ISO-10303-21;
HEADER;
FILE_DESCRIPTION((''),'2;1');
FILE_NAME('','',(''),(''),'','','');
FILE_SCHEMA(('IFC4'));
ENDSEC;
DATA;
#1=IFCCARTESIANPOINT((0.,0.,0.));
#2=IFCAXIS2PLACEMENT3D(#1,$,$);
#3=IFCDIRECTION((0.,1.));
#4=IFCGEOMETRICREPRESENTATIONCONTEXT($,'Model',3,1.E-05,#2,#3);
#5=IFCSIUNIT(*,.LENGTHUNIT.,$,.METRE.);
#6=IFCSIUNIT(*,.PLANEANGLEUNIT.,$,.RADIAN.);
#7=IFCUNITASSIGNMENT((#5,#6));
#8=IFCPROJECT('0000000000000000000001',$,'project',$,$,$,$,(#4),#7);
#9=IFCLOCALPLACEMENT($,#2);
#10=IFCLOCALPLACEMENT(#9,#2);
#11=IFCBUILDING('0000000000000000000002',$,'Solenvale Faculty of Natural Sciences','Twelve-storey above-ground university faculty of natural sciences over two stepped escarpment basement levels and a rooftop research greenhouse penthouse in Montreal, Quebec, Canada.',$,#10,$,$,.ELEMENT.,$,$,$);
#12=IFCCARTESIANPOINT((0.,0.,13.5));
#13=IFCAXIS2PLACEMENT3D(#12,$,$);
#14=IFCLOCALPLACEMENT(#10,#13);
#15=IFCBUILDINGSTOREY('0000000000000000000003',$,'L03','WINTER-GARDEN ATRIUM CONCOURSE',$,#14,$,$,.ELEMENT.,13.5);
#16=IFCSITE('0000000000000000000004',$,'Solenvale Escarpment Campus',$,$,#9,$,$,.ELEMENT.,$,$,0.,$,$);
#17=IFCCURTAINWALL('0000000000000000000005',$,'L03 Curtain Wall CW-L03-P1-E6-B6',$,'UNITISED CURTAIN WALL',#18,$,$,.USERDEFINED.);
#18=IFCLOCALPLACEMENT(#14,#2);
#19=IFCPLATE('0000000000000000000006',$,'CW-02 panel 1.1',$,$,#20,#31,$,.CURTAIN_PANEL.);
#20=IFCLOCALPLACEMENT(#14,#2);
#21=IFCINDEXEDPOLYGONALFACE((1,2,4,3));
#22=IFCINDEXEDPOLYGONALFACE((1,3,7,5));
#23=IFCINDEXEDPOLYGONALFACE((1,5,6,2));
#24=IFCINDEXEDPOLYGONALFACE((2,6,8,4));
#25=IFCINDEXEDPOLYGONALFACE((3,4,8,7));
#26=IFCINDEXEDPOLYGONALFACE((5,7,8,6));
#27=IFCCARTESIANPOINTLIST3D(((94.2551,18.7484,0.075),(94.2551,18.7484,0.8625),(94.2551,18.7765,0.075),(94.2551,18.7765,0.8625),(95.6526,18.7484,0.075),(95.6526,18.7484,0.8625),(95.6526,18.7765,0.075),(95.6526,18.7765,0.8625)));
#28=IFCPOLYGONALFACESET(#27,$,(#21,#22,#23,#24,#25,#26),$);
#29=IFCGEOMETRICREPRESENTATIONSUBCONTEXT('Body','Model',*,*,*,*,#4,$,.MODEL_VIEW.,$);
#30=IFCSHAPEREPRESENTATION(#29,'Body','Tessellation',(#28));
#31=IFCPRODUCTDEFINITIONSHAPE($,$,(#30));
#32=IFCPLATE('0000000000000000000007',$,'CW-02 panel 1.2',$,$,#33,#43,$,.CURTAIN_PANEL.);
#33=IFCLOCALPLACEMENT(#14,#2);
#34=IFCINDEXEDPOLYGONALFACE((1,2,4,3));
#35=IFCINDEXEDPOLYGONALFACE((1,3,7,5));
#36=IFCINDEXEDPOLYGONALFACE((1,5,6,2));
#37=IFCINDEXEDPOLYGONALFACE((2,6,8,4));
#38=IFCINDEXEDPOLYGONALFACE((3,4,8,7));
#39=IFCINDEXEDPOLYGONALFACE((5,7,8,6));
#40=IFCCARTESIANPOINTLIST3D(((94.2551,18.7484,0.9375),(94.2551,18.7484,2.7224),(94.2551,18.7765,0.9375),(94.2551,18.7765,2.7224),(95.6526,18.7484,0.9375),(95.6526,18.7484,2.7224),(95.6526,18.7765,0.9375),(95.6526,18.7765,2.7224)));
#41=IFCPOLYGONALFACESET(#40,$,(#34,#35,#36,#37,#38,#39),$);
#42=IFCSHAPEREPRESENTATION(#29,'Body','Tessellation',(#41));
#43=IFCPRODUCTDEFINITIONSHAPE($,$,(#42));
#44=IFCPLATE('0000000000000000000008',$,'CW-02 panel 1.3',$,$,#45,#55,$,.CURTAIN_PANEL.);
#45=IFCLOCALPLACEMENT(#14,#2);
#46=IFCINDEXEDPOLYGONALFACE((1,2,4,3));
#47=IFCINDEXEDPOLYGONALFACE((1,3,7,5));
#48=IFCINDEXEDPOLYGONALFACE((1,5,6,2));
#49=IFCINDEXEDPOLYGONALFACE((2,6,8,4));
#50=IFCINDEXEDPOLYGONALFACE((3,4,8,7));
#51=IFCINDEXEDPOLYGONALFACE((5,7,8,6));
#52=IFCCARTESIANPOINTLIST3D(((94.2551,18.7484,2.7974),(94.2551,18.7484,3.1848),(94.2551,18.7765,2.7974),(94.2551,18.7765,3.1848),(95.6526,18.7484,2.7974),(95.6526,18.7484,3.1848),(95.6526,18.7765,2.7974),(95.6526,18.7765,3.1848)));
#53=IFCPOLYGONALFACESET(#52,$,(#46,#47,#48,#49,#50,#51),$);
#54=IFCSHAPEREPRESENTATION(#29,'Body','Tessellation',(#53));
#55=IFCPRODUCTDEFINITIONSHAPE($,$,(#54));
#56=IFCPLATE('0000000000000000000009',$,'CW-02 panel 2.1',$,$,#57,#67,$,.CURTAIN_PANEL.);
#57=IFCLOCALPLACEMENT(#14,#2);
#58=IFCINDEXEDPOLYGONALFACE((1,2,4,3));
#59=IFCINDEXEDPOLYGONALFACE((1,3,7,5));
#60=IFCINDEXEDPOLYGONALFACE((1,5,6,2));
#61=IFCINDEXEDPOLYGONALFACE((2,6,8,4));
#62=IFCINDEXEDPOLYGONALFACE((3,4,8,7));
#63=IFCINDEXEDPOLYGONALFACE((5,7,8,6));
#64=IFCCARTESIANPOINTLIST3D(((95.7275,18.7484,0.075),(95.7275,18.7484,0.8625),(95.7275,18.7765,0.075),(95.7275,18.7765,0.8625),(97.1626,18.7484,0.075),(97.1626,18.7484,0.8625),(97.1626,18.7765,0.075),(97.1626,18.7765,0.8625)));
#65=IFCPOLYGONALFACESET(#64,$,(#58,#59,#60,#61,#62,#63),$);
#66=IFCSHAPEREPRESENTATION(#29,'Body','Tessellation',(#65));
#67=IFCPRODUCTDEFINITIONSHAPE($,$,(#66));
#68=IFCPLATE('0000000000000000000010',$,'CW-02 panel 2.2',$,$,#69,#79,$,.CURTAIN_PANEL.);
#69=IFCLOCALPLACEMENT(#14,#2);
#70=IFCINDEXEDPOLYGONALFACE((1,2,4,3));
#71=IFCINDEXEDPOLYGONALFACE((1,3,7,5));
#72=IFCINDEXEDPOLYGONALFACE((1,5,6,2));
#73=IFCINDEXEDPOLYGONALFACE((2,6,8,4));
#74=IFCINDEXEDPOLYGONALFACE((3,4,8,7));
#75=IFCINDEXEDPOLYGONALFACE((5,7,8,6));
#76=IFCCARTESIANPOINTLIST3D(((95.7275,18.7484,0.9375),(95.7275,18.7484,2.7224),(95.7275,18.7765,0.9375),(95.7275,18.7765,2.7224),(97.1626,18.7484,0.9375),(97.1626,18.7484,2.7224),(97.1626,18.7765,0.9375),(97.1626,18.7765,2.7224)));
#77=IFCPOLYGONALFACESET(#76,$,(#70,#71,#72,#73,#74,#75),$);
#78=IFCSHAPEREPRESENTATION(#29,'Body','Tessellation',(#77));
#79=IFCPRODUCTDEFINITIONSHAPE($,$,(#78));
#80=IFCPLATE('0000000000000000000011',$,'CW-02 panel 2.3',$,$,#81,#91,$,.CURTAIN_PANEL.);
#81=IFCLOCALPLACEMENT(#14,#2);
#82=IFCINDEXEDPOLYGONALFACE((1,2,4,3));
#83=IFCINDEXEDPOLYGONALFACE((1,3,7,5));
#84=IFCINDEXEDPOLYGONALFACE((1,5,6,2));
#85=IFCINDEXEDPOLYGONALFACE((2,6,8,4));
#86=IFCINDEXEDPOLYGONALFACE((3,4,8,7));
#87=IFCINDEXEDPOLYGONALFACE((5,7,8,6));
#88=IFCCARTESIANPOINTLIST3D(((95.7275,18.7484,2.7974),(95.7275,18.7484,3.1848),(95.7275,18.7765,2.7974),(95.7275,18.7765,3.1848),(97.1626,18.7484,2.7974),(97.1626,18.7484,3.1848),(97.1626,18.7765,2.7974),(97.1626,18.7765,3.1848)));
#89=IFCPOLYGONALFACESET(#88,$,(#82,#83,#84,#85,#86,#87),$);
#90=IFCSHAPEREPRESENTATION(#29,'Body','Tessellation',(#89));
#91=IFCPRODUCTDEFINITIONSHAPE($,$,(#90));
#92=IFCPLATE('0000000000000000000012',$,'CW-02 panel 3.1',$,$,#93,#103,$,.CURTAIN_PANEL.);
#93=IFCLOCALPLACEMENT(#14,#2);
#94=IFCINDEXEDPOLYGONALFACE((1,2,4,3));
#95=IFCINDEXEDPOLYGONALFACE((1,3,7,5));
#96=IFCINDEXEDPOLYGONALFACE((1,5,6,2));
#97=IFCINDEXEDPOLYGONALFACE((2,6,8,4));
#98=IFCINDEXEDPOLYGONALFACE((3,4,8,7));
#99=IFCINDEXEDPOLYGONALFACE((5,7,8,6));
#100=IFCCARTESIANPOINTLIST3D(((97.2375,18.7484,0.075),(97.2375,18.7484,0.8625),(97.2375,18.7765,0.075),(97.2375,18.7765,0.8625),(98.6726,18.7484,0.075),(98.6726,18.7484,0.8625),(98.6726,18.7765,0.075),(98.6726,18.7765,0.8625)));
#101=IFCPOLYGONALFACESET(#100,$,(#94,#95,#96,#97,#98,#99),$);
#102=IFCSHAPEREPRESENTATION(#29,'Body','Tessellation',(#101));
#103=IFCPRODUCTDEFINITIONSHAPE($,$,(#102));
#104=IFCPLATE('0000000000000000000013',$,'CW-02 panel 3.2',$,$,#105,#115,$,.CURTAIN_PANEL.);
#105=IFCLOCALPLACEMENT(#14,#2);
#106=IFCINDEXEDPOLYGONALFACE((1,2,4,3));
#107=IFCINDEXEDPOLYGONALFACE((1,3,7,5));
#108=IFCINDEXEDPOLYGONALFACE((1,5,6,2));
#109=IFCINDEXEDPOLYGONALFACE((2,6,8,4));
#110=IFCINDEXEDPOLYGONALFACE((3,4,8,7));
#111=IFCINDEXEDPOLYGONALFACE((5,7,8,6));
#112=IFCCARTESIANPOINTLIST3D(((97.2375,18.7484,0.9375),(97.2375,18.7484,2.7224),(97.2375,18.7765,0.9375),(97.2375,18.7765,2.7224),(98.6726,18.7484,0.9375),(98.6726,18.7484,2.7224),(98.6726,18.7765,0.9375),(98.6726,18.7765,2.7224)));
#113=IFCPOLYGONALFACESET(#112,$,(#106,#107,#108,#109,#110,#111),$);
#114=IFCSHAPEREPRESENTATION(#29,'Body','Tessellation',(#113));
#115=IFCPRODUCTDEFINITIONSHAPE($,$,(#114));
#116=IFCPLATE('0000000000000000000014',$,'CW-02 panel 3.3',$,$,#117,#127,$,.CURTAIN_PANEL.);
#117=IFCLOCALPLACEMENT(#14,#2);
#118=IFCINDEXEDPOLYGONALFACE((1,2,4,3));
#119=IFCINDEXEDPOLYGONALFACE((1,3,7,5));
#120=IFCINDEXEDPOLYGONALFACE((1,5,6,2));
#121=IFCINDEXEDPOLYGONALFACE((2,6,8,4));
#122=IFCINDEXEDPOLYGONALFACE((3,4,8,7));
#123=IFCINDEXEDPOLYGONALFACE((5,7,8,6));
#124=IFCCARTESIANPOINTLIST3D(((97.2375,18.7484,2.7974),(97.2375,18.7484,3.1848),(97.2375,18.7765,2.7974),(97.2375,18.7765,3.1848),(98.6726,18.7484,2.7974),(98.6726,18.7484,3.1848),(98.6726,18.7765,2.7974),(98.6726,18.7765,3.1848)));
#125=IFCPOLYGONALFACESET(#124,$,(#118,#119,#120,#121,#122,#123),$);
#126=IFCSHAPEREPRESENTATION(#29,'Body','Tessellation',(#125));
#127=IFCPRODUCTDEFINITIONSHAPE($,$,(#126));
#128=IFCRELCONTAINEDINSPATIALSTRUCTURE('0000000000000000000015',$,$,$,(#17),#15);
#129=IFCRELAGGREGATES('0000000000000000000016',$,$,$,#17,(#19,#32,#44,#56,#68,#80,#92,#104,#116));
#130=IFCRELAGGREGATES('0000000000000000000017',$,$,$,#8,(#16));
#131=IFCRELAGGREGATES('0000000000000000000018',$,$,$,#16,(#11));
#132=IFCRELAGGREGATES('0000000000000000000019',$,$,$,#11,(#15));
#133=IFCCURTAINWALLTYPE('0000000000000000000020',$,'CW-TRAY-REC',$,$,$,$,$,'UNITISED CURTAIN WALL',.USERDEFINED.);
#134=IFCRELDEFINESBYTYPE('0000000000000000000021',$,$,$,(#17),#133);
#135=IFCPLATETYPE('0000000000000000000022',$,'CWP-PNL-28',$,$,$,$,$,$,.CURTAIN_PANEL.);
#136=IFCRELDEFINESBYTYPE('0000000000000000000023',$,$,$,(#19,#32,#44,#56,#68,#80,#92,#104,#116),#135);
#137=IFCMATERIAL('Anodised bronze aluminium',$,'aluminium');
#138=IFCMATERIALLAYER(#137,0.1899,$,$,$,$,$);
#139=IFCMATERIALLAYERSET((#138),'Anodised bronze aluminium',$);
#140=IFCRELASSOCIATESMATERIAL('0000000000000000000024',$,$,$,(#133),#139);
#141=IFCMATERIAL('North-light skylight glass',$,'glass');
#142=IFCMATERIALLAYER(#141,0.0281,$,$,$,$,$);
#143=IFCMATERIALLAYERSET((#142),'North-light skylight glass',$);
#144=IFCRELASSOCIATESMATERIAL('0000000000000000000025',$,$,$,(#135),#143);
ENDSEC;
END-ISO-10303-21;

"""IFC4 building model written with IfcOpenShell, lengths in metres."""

from ifc_helpers import new_model, si_unit, direction, frame, origin, origin_2d, place, context, subcontext, project, spatial, rectangle, extrude, material, layer, layer_set, type_object, element, aggregate, save


model = new_model("IFC4")

# Units and contexts
model_context = context("Model", 3, precision=1e-05, world=origin(), true_north=direction((0.0, 1.0)))
body_context = subcontext(model_context, "Body", "Model", "MODEL_VIEW")
ifc_project = project(units=[si_unit("LENGTHUNIT", "METRE"), si_unit("PLANEANGLEUNIT", "RADIAN")], contexts=[model_context])

# Site, building, storey
site_placement = place(None, origin())
site = spatial("IfcSite", under=ifc_project, at=site_placement, Name="Solenvale Escarpment Campus", CompositionType="ELEMENT", RefElevation=0.0)
building_placement = place(site_placement, origin())
building = spatial("IfcBuilding", under=site, at=building_placement, Name="Solenvale Faculty of Natural Sciences", Description="Twelve-storey above-ground university faculty of natural sciences over two stepped escarpment basement levels and a rooftop research greenhouse penthouse in Montreal, Quebec, Canada.", CompositionType="ELEMENT")
storey_placement = place(building_placement, frame((0.0, 0.0, 13.5)))
storey = spatial("IfcBuildingStorey", under=building, at=storey_placement, Name="L03", Description="WINTER-GARDEN ATRIUM CONCOURSE", CompositionType="ELEMENT", Elevation=13.5)

# Curtain wall, plates
ifc_material_1 = material(Name="Anodised bronze aluminium", Category="aluminium")
ifc_layer_1 = layer(ifc_material_1, 0.1899)
ifc_layer_set_1 = layer_set([ifc_layer_1], Name="Anodised bronze aluminium")
curtain_wall_type = type_object("IfcCurtainWallType", Name="CW-TRAY-REC", ElementType="UNITISED CURTAIN WALL", PredefinedType="USERDEFINED", material=ifc_layer_set_1)
curtain_wall_placement = place(storey_placement, origin())
curtain_wall = element("IfcCurtainWall", 1, at=curtain_wall_placement, inside=storey, type_object=curtain_wall_type, Name="L03 Curtain Wall CW-L03-P1-E6-B6", ObjectType="UNITISED CURTAIN WALL", PredefinedType="USERDEFINED")
ifc_material_2 = material(Name="North-light skylight glass", Category="glass")
ifc_layer_2 = layer(ifc_material_2, 0.0281)
ifc_layer_set_2 = layer_set([ifc_layer_2], Name="North-light skylight glass")
plate_type = type_object("IfcPlateType", Name="CWP-PNL-28", PredefinedType="CURTAIN_PANEL", material=ifc_layer_set_2)
plate_1_placement = place(storey_placement, frame((94.9539, 18.7625, 0.075), z_axis=(0.0, 0.0, 1.0), x_axis=(1.0, 0.0, 0.0)))
plate_1 = element("IfcPlate", 2, at=plate_1_placement, type_object=plate_type, Name="CW-02 panel 1.1", PredefinedType="CURTAIN_PANEL", context=body_context, shape_type="SweptSolid", body=[
    extrude(rectangle(XDim=1.3975, YDim=0.0281, at=origin_2d()), origin(), (0.0, 0.0, 1.0), 0.7876),
])
plate_2_placement = place(storey_placement, frame((94.9539, 18.7625, 0.9375), z_axis=(0.0, 0.0, 1.0), x_axis=(1.0, 0.0, 0.0)))
plate_2 = element("IfcPlate", 3, at=plate_2_placement, type_object=plate_type, Name="CW-02 panel 1.2", PredefinedType="CURTAIN_PANEL", context=body_context, shape_type="SweptSolid", body=[
    extrude(rectangle(XDim=1.3975, YDim=0.0281, at=origin_2d()), origin(), (0.0, 0.0, 1.0), 1.7849),
])
plate_3_placement = place(storey_placement, frame((94.9539, 18.7625, 2.7974), z_axis=(0.0, 0.0, 1.0), x_axis=(1.0, 0.0, 0.0)))
plate_3 = element("IfcPlate", 4, at=plate_3_placement, type_object=plate_type, Name="CW-02 panel 1.3", PredefinedType="CURTAIN_PANEL", context=body_context, shape_type="SweptSolid", body=[
    extrude(rectangle(XDim=1.3975, YDim=0.0281, at=origin_2d()), origin(), (0.0, 0.0, 1.0), 0.3875),
])
plate_4_placement = place(storey_placement, frame((96.4451, 18.7625, 0.075), z_axis=(0.0, 0.0, 1.0), x_axis=(1.0, 0.0, 0.0)))
plate_4 = element("IfcPlate", 5, at=plate_4_placement, type_object=plate_type, Name="CW-02 panel 2.1", PredefinedType="CURTAIN_PANEL", context=body_context, shape_type="SweptSolid", body=[
    extrude(rectangle(XDim=1.4351, YDim=0.0281, at=origin_2d()), origin(), (0.0, 0.0, 1.0), 0.7876),
])
plate_5_placement = place(storey_placement, frame((96.4451, 18.7625, 0.9375), z_axis=(0.0, 0.0, 1.0), x_axis=(1.0, 0.0, 0.0)))
plate_5 = element("IfcPlate", 6, at=plate_5_placement, type_object=plate_type, Name="CW-02 panel 2.2", PredefinedType="CURTAIN_PANEL", context=body_context, shape_type="SweptSolid", body=[
    extrude(rectangle(XDim=1.4351, YDim=0.0281, at=origin_2d()), origin(), (0.0, 0.0, 1.0), 1.7849),
])
plate_6_placement = place(storey_placement, frame((96.4451, 18.7625, 2.7974), z_axis=(0.0, 0.0, 1.0), x_axis=(1.0, 0.0, 0.0)))
plate_6 = element("IfcPlate", 7, at=plate_6_placement, type_object=plate_type, Name="CW-02 panel 2.3", PredefinedType="CURTAIN_PANEL", context=body_context, shape_type="SweptSolid", body=[
    extrude(rectangle(XDim=1.4351, YDim=0.0281, at=origin_2d()), origin(), (0.0, 0.0, 1.0), 0.3875),
])
plate_7_placement = place(storey_placement, frame((97.9551, 18.7625, 0.075), z_axis=(0.0, 0.0, 1.0), x_axis=(1.0, 0.0, 0.0)))
plate_7 = element("IfcPlate", 8, at=plate_7_placement, type_object=plate_type, Name="CW-02 panel 3.1", PredefinedType="CURTAIN_PANEL", context=body_context, shape_type="SweptSolid", body=[
    extrude(rectangle(XDim=1.4351, YDim=0.0281, at=origin_2d()), origin(), (0.0, 0.0, 1.0), 0.7876),
])
plate_8_placement = place(storey_placement, frame((97.9551, 18.7625, 0.9375), z_axis=(0.0, 0.0, 1.0), x_axis=(1.0, 0.0, 0.0)))
plate_8 = element("IfcPlate", 9, at=plate_8_placement, type_object=plate_type, Name="CW-02 panel 3.2", PredefinedType="CURTAIN_PANEL", context=body_context, shape_type="SweptSolid", body=[
    extrude(rectangle(XDim=1.4351, YDim=0.0281, at=origin_2d()), origin(), (0.0, 0.0, 1.0), 1.7849),
])
plate_9_placement = place(storey_placement, frame((97.9551, 18.7625, 2.7974), z_axis=(0.0, 0.0, 1.0), x_axis=(1.0, 0.0, 0.0)))
plate_9 = element("IfcPlate", 10, at=plate_9_placement, type_object=plate_type, Name="CW-02 panel 3.3", PredefinedType="CURTAIN_PANEL", context=body_context, shape_type="SweptSolid", body=[
    extrude(rectangle(XDim=1.4351, YDim=0.0281, at=origin_2d()), origin(), (0.0, 0.0, 1.0), 0.3875),
])
aggregate(curtain_wall, [plate_1, plate_2, plate_3, plate_4, plate_5, plate_6, plate_7, plate_8, plate_9])

save(model, "model.ifc")
